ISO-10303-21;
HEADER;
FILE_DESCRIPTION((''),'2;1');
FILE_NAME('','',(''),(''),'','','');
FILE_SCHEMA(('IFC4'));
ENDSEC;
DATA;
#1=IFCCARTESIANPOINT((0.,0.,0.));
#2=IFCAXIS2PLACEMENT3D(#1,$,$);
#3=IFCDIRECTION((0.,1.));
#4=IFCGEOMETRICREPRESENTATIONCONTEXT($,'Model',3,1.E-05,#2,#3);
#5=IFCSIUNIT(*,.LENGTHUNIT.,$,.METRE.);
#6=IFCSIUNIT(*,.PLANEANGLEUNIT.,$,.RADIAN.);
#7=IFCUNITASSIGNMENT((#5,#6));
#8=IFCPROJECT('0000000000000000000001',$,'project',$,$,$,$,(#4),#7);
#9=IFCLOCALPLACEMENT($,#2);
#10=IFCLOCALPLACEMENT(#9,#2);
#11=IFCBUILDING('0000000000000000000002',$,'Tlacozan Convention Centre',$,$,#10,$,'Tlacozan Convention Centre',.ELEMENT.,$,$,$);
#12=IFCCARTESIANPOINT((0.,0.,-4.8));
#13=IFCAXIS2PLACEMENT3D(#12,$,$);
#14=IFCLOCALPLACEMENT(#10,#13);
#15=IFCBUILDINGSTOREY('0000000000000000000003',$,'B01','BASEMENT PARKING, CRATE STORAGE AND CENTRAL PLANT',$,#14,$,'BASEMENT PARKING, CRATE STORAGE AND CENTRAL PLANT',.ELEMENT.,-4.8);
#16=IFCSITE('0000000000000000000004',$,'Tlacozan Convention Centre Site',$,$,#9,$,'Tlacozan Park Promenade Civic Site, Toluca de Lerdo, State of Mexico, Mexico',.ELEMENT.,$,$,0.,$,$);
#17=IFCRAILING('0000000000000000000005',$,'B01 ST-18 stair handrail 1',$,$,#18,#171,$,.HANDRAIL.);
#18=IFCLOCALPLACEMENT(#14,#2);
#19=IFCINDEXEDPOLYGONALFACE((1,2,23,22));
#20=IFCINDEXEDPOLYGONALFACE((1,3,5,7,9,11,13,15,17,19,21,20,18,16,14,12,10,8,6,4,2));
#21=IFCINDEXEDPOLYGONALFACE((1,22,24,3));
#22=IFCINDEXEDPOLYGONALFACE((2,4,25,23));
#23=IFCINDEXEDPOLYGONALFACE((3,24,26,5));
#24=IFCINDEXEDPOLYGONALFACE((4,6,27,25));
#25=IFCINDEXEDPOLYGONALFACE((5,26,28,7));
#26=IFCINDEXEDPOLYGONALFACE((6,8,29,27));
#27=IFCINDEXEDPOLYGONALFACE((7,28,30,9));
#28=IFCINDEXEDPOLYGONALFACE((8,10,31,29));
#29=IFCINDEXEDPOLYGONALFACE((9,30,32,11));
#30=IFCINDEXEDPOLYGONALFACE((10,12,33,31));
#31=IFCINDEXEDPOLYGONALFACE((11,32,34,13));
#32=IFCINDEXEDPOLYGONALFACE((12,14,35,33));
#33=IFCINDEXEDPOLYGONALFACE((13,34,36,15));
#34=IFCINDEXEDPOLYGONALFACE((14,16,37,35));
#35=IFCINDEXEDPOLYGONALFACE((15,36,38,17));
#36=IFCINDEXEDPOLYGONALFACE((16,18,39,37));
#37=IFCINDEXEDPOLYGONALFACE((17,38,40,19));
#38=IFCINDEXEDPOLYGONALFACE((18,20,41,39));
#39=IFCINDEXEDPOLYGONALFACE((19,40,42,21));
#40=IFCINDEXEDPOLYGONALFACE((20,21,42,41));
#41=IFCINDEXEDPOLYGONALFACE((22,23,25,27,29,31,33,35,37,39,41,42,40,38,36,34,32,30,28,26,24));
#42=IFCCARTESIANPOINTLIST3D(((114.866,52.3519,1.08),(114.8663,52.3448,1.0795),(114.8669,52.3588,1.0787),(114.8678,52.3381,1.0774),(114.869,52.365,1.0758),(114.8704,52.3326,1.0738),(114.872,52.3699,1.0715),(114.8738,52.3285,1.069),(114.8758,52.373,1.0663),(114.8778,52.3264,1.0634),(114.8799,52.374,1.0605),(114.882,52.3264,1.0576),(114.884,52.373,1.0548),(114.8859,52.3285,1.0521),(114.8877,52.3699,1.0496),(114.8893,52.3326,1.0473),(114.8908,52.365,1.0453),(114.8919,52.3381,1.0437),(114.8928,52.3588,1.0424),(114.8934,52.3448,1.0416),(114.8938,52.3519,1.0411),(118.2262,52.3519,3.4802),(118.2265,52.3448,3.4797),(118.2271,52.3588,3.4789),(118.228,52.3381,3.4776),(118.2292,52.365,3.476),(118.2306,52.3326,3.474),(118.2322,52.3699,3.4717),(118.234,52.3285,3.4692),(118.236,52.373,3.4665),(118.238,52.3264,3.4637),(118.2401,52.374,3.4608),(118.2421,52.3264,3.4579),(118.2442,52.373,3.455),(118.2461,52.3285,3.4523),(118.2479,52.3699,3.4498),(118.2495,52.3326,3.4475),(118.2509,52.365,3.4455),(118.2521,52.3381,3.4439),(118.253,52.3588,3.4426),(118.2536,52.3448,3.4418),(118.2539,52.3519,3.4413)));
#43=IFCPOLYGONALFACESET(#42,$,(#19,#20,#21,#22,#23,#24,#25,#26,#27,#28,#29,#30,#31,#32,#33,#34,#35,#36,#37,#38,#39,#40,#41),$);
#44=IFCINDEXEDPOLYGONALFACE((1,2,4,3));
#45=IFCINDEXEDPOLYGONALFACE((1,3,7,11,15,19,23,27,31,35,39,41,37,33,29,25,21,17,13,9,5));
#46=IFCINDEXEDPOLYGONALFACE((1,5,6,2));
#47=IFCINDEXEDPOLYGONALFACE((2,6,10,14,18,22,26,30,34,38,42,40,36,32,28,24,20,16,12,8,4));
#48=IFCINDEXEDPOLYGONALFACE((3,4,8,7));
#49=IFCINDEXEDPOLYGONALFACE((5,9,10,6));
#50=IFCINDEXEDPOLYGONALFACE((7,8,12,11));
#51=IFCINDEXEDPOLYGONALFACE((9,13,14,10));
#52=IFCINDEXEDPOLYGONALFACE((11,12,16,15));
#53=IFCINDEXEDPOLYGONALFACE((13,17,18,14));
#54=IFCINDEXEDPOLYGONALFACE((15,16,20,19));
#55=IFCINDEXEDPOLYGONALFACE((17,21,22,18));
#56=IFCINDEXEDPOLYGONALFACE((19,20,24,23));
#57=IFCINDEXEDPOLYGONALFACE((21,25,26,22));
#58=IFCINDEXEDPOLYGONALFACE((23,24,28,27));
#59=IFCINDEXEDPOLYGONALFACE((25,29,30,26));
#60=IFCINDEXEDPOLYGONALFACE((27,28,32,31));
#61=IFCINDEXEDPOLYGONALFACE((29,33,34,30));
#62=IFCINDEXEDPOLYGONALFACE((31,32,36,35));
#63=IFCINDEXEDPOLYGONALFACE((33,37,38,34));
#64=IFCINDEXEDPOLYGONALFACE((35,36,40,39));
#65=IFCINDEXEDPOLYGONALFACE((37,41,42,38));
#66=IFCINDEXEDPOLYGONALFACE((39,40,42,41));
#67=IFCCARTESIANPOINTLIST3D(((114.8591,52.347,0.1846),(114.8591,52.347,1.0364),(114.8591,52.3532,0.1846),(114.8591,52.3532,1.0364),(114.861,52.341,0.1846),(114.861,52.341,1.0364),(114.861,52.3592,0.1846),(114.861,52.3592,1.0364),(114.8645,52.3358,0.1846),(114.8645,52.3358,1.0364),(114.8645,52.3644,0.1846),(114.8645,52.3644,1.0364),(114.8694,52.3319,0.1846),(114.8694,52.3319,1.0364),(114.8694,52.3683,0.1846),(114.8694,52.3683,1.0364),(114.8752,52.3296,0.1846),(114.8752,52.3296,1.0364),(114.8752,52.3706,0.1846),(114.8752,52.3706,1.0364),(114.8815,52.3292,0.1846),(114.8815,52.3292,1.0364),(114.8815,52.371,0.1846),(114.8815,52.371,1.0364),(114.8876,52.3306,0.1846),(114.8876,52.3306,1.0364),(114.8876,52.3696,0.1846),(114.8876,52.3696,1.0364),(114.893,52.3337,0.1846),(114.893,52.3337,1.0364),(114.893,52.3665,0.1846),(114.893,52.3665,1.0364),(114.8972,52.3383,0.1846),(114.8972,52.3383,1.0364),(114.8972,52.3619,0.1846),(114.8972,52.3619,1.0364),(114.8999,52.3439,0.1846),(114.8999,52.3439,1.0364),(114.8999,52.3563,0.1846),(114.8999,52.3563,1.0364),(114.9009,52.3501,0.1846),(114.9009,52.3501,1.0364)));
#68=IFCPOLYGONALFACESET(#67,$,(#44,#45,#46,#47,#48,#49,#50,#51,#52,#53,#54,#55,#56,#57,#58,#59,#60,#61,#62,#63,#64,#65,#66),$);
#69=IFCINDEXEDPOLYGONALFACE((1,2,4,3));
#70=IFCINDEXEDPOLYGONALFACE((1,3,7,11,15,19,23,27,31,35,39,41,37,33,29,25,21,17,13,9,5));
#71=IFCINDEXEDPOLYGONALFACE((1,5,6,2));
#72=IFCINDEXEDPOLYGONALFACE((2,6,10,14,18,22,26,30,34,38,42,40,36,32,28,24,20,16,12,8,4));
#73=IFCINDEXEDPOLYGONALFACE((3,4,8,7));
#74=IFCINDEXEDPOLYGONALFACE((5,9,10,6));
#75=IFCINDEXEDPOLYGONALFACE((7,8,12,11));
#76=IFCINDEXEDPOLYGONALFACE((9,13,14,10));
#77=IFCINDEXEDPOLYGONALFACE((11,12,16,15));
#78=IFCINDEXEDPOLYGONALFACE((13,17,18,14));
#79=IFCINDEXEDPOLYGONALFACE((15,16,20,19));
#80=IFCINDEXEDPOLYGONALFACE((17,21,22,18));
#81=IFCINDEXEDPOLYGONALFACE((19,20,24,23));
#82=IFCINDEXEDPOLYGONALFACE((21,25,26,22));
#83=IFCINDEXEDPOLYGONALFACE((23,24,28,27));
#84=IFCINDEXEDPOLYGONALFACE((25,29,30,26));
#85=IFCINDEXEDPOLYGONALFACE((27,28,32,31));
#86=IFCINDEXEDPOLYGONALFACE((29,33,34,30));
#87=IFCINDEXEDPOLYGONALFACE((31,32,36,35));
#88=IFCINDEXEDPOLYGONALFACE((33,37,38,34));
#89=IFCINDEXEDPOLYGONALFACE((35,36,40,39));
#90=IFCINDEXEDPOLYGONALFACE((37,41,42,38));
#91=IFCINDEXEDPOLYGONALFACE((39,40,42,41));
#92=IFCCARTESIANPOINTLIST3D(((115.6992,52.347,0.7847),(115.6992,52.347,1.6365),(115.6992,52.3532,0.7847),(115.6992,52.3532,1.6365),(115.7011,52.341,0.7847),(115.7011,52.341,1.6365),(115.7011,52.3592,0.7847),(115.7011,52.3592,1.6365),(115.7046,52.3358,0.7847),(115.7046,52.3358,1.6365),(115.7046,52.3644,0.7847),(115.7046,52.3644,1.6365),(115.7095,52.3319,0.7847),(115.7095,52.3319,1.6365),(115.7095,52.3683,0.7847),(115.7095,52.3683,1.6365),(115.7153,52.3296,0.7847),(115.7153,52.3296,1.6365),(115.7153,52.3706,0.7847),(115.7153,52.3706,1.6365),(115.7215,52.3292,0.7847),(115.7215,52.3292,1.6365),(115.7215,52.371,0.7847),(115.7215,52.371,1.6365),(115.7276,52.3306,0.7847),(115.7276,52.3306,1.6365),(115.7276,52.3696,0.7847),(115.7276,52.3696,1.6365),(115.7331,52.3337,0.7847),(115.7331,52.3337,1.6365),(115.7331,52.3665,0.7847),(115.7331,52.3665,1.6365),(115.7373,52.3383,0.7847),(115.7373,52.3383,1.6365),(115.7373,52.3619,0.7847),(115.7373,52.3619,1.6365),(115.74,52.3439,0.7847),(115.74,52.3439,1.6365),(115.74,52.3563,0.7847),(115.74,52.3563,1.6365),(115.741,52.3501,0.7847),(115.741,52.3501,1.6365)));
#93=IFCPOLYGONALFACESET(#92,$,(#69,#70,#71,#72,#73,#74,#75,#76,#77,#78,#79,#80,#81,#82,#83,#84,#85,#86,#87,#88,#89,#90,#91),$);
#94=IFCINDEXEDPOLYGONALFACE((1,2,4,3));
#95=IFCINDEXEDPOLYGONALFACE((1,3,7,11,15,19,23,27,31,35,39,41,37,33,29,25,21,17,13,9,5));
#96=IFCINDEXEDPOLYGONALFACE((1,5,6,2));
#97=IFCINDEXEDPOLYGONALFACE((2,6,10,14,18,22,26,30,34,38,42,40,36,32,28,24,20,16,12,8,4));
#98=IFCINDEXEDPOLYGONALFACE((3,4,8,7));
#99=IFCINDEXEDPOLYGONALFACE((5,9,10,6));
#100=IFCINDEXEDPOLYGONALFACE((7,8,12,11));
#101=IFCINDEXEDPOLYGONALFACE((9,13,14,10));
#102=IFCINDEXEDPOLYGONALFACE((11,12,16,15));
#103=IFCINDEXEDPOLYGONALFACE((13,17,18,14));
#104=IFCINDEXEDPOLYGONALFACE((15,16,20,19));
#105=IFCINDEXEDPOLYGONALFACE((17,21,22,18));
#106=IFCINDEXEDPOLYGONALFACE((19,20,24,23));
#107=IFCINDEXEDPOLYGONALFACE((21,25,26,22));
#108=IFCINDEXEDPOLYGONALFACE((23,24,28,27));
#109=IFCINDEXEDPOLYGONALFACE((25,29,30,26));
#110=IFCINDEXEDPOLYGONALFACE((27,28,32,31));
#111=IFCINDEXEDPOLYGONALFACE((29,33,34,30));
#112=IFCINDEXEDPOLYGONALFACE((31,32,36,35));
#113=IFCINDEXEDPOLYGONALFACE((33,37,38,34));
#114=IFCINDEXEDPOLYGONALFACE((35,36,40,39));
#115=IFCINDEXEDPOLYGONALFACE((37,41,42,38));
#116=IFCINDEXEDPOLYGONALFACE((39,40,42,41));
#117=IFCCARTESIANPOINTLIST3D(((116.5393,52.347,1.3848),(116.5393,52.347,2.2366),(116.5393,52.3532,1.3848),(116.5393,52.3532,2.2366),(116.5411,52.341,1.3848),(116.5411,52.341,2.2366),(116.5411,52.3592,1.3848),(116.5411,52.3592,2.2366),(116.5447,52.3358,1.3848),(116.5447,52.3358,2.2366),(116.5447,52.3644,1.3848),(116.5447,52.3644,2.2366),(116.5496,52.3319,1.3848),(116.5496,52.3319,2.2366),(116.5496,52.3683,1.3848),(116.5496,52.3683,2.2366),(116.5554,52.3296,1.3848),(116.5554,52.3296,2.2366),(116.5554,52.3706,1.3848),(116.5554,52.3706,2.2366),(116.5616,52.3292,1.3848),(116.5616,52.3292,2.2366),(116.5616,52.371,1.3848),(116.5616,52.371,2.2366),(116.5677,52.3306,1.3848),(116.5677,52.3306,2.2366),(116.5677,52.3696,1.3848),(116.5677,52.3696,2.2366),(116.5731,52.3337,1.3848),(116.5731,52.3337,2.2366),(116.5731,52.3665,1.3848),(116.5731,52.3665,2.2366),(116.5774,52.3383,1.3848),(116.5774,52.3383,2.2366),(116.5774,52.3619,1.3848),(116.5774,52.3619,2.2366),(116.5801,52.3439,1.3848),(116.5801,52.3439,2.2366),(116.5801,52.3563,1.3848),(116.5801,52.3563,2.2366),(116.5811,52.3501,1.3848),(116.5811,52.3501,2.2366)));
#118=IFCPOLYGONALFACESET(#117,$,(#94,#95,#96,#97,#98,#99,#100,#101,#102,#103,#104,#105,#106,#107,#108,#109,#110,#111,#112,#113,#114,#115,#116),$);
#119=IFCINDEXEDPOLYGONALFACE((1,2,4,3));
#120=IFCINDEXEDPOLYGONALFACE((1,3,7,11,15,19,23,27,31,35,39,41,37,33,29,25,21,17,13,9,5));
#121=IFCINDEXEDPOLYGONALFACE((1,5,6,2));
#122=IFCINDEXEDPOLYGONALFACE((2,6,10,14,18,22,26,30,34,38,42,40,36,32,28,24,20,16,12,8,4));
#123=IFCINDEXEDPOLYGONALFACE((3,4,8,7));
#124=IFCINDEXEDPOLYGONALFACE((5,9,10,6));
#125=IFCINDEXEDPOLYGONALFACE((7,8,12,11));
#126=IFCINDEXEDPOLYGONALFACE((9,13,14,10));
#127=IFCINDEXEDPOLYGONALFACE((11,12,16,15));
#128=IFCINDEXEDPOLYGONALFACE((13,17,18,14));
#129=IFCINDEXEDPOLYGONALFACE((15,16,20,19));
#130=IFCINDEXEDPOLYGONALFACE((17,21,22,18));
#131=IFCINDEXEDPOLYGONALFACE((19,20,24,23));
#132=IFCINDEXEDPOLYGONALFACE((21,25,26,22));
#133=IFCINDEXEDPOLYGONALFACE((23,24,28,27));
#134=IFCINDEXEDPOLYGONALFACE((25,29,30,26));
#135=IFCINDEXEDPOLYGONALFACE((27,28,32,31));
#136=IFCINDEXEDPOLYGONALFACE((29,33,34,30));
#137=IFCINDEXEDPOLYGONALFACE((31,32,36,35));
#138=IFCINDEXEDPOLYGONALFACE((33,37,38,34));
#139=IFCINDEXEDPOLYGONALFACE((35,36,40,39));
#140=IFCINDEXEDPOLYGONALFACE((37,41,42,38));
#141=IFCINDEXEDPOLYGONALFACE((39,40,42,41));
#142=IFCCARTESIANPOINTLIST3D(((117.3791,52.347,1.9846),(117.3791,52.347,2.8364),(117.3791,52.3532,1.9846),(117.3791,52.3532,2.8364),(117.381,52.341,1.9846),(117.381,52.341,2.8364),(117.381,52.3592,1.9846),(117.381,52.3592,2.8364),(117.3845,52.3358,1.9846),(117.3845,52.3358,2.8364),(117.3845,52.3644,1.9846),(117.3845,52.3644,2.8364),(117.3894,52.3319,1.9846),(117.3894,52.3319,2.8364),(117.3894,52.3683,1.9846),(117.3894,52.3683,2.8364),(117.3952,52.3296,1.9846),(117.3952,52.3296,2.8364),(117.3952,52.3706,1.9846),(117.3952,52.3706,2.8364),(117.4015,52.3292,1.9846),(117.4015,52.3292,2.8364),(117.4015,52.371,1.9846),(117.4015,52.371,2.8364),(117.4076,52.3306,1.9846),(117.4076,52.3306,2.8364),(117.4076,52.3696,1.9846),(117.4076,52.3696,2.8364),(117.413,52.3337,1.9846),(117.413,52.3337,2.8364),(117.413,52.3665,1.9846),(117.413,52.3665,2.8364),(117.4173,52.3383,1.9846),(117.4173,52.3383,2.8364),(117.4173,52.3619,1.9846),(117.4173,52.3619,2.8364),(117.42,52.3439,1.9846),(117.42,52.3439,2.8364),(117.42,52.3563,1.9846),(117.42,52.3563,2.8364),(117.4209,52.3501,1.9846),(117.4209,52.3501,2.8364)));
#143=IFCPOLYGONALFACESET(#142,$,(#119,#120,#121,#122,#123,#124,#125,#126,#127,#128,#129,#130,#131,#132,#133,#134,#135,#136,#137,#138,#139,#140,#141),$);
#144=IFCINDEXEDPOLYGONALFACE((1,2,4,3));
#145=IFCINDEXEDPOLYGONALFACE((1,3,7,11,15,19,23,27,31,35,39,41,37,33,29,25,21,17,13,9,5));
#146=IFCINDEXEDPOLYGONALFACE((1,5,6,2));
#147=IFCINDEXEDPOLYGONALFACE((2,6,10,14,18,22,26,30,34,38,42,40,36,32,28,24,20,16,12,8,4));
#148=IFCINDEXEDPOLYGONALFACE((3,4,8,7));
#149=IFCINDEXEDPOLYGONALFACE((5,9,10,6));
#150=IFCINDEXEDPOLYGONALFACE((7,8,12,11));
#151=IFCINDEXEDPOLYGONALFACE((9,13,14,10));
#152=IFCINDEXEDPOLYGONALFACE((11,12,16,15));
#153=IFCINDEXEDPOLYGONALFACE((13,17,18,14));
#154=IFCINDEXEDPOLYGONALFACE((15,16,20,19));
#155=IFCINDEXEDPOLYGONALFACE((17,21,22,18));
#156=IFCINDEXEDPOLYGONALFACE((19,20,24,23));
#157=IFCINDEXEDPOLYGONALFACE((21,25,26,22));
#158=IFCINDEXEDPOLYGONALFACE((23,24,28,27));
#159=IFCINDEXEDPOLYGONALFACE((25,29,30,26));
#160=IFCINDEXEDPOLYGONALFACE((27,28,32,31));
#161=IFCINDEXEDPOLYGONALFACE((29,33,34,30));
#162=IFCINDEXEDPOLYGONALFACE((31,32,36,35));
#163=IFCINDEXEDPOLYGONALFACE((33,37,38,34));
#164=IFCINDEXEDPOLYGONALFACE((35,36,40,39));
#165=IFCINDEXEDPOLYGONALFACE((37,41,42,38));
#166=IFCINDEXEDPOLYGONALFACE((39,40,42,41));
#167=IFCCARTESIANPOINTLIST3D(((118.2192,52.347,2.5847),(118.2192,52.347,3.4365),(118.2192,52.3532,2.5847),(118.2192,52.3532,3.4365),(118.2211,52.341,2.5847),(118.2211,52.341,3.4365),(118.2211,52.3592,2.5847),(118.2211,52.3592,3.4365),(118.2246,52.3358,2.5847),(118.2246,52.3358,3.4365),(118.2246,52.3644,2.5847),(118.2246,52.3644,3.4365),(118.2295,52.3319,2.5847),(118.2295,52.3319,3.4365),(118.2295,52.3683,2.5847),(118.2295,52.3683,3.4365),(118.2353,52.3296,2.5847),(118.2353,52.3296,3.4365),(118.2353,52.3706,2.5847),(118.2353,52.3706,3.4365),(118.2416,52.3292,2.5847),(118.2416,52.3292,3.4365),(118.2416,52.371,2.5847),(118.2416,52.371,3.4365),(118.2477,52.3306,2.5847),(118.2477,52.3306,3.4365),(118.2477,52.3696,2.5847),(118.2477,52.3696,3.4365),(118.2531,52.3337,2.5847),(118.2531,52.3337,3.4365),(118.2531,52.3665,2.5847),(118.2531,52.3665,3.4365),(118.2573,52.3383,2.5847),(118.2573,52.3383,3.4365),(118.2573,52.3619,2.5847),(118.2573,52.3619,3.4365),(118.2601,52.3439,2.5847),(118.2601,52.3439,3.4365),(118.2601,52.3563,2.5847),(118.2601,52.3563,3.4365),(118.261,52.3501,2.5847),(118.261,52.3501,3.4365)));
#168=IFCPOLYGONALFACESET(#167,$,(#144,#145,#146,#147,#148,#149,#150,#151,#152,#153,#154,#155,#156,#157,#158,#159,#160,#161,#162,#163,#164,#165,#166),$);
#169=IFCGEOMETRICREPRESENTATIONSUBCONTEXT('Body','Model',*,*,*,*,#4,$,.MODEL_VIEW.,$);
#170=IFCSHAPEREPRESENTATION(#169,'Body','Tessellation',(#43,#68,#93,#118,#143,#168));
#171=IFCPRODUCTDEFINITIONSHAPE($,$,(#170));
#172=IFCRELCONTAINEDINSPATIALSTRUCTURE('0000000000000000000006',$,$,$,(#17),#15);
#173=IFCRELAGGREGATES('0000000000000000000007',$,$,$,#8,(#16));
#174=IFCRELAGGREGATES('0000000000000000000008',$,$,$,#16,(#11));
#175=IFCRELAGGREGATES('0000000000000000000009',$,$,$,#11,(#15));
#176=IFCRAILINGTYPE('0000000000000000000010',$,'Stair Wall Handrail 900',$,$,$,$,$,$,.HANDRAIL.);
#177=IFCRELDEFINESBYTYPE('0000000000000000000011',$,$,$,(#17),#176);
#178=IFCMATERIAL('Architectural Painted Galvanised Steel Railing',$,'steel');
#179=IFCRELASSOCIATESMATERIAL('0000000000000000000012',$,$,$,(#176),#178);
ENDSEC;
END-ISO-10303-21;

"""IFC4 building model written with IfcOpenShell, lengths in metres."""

from ifc_helpers import new_model, si_unit, direction, frame, origin, origin_2d, place, context, subcontext, project, spatial, circle, extrude, material, type_object, element, save


model = new_model("IFC4")

# Units and contexts
model_context = context("Model", 3, precision=1e-05, world=origin(), true_north=direction((0.0, 1.0)))
body_context = subcontext(model_context, "Body", "Model", "MODEL_VIEW")
ifc_project = project(units=[si_unit("LENGTHUNIT", "METRE"), si_unit("PLANEANGLEUNIT", "RADIAN")], contexts=[model_context])

# Site, building, storey
site_placement = place(None, origin())
site = spatial("IfcSite", under=ifc_project, at=site_placement, Name="Tlacozan Convention Centre Site", LongName="Tlacozan Park Promenade Civic Site, Toluca de Lerdo, State of Mexico, Mexico", CompositionType="ELEMENT", RefElevation=0.0)
building_placement = place(site_placement, origin())
building = spatial("IfcBuilding", under=site, at=building_placement, Name="Tlacozan Convention Centre", LongName="Tlacozan Convention Centre", CompositionType="ELEMENT")
storey_placement = place(building_placement, frame((0.0, 0.0, -4.8)))
storey = spatial("IfcBuildingStorey", under=building, at=storey_placement, Name="B01", Description="BASEMENT PARKING, CRATE STORAGE AND CENTRAL PLANT", LongName="BASEMENT PARKING, CRATE STORAGE AND CENTRAL PLANT", CompositionType="ELEMENT", Elevation=-4.8)

# Railing
ifc_material_1 = material(Name="Architectural Painted Galvanised Steel Railing", Category="steel")
railing_type_1 = type_object("IfcRailingType", Name="Stair Wall Handrail 900", PredefinedType="HANDRAIL", material=ifc_material_1)
railing_1_placement = place(storey_placement, frame((114.8799, 52.3501, 0.1846)))
element("IfcRailing", 1, at=railing_1_placement, inside=storey, type_object=railing_type_1, Name="B01 ST-18 stair handrail 1", PredefinedType="HANDRAIL", context=body_context, shape_type="SweptSolid", body=[
    extrude(circle(Radius=0.0239, at=origin_2d()), frame((0.0, 0.0, 0.876), z_axis=(0.813725, 0.0, 0.581249), x_axis=(0.0, 1.0, 0.0)), (0.0, 0.0, 1.0), 4.1294),
    extrude(circle(Radius=0.021, at=origin_2d()), origin(), (0.0, 0.0, 1.0), 0.8518),
    extrude(circle(Radius=0.021, at=origin_2d()), frame((0.8401, 0.0, 0.6001)), (0.0, 0.0, 1.0), 0.8518),
    extrude(circle(Radius=0.021, at=origin_2d()), frame((1.6802, 0.0, 1.2002)), (0.0, 0.0, 1.0), 0.8518),
    extrude(circle(Radius=0.021, at=origin_2d()), frame((2.52, 0.0, 1.8)), (0.0, 0.0, 1.0), 0.8518),
    extrude(circle(Radius=0.021, at=origin_2d()), frame((3.3601, 0.0, 2.4001)), (0.0, 0.0, 1.0), 0.8518),
])

save(model, "model.ifc")
